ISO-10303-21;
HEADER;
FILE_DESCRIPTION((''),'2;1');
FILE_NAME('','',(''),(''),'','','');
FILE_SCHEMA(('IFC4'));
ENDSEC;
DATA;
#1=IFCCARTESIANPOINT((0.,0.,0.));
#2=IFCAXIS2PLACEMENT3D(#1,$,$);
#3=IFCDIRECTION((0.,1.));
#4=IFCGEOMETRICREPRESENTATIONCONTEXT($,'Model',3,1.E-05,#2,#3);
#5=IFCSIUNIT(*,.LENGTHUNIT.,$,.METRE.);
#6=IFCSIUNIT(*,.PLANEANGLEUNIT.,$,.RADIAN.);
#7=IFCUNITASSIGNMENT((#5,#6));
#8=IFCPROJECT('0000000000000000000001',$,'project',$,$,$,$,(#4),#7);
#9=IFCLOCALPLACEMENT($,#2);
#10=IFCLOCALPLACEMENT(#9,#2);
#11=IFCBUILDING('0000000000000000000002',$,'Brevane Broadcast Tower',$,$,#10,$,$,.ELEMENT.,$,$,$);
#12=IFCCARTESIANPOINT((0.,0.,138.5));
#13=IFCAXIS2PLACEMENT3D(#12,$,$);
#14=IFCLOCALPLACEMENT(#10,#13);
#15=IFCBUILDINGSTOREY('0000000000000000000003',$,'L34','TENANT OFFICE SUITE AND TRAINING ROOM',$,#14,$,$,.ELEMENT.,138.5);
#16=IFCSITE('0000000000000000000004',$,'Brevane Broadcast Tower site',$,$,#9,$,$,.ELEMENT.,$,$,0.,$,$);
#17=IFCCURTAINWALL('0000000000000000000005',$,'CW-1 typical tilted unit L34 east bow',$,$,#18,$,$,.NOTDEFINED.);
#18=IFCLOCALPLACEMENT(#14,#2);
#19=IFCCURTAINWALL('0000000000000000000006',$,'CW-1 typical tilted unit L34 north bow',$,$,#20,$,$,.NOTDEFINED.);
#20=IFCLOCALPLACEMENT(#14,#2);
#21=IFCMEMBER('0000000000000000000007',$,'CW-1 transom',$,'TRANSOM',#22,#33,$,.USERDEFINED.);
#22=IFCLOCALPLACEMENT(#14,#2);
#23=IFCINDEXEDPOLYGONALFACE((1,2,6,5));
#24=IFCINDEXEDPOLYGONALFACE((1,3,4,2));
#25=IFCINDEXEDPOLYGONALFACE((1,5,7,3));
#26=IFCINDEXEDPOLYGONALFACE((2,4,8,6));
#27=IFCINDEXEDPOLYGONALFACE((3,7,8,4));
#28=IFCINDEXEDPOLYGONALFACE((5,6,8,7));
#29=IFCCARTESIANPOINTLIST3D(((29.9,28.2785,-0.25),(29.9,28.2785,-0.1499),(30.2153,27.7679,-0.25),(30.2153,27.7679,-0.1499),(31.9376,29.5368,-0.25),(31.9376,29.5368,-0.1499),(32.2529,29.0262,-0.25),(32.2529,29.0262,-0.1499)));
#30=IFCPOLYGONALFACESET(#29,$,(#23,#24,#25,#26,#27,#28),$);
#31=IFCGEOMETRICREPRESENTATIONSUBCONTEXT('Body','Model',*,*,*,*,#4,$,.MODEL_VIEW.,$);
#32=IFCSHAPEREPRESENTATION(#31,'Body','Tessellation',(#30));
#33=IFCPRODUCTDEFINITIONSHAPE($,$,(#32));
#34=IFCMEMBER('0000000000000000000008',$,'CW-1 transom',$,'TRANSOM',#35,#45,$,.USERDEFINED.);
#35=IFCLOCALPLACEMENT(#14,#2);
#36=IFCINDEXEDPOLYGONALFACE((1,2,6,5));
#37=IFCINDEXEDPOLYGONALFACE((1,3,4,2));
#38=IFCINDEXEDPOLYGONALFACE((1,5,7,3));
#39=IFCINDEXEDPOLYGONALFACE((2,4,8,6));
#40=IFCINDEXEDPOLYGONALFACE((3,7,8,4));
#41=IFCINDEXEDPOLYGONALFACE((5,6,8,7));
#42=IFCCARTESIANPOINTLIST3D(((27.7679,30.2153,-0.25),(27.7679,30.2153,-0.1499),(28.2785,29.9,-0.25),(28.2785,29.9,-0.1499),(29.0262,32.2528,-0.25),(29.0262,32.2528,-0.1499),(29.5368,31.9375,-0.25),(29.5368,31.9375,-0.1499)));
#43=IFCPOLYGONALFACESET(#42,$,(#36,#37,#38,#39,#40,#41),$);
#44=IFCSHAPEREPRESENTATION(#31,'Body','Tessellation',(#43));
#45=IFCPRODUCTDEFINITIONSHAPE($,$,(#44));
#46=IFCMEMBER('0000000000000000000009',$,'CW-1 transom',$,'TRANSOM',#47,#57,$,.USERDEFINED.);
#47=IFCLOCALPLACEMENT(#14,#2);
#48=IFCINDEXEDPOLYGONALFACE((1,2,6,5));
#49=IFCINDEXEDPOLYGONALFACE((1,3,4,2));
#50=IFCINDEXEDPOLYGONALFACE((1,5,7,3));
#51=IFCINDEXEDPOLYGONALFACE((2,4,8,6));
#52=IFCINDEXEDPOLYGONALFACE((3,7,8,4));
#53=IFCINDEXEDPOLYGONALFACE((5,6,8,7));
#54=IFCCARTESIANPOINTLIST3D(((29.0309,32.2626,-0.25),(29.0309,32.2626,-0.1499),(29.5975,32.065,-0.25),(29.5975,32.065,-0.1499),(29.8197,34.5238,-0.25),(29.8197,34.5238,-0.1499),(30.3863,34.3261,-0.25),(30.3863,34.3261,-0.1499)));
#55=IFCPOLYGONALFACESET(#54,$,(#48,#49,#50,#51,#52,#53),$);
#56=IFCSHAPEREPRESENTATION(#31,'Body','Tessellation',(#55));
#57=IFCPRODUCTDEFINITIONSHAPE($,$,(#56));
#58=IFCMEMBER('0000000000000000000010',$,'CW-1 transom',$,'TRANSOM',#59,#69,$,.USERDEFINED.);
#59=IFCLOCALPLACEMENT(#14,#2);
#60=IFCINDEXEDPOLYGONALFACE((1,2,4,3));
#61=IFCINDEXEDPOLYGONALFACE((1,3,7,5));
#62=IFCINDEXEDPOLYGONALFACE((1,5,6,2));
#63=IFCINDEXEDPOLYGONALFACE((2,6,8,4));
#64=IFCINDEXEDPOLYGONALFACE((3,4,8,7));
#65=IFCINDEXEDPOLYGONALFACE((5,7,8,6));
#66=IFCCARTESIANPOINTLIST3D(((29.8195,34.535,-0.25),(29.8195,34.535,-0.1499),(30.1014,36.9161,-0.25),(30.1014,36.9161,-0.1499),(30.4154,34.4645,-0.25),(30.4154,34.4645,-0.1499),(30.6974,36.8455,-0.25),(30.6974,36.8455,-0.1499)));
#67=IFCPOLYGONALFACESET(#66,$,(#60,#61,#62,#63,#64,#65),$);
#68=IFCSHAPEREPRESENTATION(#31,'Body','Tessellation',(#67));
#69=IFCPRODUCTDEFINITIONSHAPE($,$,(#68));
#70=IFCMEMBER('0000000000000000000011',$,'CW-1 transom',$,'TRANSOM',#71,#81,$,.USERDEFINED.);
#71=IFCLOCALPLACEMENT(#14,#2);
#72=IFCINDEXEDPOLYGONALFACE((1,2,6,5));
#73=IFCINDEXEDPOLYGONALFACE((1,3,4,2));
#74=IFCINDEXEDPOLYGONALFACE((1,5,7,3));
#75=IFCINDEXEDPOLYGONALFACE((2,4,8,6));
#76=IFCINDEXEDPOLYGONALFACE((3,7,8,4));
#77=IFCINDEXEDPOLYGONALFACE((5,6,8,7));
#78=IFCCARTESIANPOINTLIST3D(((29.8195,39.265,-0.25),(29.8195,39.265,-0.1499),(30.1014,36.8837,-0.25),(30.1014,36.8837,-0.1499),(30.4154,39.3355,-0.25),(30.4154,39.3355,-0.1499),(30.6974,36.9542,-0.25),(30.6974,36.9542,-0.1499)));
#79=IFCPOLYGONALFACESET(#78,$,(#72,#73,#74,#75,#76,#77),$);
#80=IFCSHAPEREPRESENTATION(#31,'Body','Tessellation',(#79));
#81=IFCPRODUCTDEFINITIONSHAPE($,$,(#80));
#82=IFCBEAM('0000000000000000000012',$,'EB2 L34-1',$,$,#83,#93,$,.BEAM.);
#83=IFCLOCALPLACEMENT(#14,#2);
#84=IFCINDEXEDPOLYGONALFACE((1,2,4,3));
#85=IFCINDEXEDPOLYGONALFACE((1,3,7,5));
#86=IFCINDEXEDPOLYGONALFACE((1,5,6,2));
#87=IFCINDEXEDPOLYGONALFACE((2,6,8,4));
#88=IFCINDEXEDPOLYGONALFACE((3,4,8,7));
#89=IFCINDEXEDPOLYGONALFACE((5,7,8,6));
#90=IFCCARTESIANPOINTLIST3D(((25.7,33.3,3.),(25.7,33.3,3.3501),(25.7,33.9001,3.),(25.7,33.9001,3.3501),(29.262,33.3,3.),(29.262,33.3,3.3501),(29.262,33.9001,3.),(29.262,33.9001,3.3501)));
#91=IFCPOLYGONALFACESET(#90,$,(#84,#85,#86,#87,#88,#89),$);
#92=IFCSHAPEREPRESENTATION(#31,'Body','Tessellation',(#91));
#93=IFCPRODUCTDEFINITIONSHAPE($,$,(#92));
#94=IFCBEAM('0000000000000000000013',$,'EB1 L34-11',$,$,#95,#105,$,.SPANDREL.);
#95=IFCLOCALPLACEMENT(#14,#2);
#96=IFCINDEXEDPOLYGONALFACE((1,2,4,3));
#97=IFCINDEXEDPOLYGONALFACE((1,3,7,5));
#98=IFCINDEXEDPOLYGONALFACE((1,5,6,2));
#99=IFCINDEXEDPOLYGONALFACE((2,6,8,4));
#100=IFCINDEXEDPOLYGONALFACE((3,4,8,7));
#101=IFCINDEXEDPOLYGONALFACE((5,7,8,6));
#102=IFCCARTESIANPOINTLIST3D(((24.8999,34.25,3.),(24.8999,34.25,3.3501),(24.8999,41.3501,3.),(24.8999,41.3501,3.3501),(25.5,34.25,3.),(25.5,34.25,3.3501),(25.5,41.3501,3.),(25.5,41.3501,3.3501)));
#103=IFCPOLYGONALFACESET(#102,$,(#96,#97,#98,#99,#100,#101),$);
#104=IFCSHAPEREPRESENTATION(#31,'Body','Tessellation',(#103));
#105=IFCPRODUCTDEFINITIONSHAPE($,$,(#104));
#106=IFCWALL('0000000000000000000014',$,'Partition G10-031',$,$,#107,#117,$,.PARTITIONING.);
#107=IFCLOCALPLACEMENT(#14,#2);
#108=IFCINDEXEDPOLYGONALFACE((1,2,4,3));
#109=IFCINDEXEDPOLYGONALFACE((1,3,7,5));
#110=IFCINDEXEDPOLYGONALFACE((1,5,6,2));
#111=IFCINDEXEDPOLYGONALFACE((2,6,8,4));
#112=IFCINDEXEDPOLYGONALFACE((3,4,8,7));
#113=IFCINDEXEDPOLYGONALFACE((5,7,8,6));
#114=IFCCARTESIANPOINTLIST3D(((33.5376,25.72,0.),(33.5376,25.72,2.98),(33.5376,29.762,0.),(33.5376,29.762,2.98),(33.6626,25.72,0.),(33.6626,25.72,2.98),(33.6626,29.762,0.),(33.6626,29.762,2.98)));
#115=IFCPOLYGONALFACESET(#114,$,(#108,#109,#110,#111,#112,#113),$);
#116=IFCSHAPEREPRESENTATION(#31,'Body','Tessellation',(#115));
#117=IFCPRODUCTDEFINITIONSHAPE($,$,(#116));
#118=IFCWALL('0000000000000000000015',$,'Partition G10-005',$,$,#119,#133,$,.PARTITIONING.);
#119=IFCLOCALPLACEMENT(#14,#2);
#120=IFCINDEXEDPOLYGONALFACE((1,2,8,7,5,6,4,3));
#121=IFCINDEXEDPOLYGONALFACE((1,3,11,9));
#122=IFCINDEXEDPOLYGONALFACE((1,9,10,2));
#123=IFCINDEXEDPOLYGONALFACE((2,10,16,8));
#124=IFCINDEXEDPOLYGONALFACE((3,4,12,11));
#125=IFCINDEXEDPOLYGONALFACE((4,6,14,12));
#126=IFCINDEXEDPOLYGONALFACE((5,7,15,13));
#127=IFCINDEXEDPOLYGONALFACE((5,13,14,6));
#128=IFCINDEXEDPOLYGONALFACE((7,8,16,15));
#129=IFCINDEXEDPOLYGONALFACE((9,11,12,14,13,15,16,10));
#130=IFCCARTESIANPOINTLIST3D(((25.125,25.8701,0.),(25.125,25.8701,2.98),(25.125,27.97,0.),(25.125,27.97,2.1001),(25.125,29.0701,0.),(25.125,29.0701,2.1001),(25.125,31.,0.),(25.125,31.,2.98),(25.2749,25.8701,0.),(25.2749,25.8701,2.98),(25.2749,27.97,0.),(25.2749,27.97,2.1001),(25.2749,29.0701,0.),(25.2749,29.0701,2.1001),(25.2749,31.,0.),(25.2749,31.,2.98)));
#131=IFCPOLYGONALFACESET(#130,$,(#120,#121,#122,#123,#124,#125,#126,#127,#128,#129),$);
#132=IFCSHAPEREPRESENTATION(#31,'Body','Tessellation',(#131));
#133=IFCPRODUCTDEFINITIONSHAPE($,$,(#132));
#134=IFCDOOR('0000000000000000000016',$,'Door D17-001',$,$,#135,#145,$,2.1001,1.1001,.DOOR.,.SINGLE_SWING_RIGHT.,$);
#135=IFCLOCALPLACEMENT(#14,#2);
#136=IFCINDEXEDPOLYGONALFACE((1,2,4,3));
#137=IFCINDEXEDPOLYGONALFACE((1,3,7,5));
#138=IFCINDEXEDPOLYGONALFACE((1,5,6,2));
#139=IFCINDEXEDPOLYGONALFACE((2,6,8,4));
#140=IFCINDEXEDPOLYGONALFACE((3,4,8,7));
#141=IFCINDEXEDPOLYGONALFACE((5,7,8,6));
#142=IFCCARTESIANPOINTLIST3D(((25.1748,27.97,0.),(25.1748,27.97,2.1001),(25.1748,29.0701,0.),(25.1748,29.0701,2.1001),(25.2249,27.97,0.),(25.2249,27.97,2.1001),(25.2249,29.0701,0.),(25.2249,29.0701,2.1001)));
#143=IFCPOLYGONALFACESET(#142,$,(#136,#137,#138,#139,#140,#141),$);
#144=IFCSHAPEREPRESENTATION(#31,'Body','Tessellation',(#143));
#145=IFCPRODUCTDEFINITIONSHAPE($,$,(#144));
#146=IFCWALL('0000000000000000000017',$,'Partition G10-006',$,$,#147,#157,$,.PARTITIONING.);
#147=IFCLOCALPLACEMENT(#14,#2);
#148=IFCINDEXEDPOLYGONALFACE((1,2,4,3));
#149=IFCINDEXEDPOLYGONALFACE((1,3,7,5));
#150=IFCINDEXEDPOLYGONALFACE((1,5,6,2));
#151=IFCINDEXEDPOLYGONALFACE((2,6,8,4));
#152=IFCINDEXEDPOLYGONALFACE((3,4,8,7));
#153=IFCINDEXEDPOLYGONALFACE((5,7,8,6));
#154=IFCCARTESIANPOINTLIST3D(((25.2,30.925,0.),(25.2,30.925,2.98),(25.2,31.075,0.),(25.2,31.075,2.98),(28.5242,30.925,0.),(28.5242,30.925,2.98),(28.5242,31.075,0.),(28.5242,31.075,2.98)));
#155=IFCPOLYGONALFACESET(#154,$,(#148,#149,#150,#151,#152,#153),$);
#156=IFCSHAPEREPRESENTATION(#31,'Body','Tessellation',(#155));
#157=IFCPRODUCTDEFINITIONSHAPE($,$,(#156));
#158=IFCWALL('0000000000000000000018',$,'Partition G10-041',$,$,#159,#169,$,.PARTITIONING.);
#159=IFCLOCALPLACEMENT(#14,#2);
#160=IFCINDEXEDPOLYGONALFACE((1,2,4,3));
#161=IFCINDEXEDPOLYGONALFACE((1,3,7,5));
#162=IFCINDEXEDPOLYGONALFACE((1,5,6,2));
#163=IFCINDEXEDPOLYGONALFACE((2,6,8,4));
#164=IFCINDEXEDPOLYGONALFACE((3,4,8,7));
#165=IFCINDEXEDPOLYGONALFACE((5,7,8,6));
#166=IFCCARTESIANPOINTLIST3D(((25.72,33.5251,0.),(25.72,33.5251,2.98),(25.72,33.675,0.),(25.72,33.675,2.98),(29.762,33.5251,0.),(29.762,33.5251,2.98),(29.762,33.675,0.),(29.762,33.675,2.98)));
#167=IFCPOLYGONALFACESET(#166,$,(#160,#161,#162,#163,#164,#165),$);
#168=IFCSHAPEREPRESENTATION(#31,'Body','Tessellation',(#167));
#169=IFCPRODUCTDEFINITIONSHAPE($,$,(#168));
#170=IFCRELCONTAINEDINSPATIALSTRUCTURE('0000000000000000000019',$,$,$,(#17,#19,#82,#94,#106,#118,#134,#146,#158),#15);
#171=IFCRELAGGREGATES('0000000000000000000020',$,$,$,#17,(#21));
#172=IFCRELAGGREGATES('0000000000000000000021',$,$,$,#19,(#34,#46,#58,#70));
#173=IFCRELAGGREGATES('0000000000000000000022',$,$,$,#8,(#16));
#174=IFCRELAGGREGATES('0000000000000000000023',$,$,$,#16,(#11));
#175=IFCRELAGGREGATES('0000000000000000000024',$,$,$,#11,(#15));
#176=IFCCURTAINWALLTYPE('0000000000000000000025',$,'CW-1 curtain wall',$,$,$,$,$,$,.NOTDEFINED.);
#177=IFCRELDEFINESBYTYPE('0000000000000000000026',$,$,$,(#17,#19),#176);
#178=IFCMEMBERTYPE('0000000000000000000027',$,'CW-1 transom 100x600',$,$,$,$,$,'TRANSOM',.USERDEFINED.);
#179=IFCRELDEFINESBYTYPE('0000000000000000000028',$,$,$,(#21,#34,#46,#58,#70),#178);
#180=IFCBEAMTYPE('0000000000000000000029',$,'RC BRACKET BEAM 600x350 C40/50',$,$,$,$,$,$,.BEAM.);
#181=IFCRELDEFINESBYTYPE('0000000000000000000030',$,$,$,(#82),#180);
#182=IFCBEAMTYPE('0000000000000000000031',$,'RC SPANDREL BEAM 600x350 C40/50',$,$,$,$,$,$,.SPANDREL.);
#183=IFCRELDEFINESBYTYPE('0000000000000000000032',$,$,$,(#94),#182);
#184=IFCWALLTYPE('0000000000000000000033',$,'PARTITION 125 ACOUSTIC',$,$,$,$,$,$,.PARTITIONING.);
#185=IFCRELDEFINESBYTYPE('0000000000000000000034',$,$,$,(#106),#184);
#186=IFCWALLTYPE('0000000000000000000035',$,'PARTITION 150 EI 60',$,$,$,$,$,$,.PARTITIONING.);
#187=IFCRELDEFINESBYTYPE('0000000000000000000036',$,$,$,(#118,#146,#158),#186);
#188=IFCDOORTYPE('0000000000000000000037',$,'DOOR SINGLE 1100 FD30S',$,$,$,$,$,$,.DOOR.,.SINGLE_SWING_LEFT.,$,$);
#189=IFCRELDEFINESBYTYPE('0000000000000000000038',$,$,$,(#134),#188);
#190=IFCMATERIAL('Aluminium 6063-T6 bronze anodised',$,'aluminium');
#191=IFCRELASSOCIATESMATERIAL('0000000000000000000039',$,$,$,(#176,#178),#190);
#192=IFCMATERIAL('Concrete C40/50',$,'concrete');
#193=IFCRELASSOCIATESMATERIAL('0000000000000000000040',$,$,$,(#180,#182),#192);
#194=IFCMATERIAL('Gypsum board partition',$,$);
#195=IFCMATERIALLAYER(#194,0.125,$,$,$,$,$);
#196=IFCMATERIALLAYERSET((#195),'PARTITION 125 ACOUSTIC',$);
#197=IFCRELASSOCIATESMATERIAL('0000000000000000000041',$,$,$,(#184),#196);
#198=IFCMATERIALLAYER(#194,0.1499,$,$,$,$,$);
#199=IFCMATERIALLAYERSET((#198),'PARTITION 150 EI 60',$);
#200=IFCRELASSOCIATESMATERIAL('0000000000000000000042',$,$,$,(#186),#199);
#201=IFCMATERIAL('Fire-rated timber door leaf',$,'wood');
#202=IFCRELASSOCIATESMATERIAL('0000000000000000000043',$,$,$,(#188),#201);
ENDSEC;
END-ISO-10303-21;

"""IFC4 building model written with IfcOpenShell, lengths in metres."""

from ifc_helpers import new_model, si_unit, direction, frame, frame_2d, origin, origin_2d, place, context, subcontext, project, spatial, polyline, rectangle, outline, extrude, material, layer, layer_set, material_profile, profile_set, type_object, element, fill, aggregate, save


model = new_model("IFC4")

# Units and contexts
model_context = context("Model", 3, precision=1e-05, world=origin(), true_north=direction((0.0, 1.0)))
body_context = subcontext(model_context, "Body", "Model", "MODEL_VIEW")
ifc_project = project(units=[si_unit("LENGTHUNIT", "METRE"), si_unit("PLANEANGLEUNIT", "RADIAN")], contexts=[model_context])

# Site, building, storey
site_placement = place(None, origin())
site = spatial("IfcSite", under=ifc_project, at=site_placement, Name="Brevane Broadcast Tower site", CompositionType="ELEMENT", RefElevation=0.0)
building_placement = place(site_placement, origin())
building = spatial("IfcBuilding", under=site, at=building_placement, Name="Brevane Broadcast Tower", CompositionType="ELEMENT")
storey_placement = place(building_placement, frame((0.0, 0.0, 138.5)))
storey = spatial("IfcBuildingStorey", under=building, at=storey_placement, Name="L34", Description="TENANT OFFICE SUITE AND TRAINING ROOM", CompositionType="ELEMENT", Elevation=138.5)

# Curtain walls
ifc_material_1 = material(Name="Aluminium 6063-T6 bronze anodised", Category="aluminium")
curtain_wall_type = type_object("IfcCurtainWallType", Name="CW-1 curtain wall", PredefinedType="NOTDEFINED", material=ifc_material_1)
curtain_wall_1_placement = place(storey_placement, origin())
curtain_wall_1 = element("IfcCurtainWall", 1, at=curtain_wall_1_placement, inside=storey, type_object=curtain_wall_type, Name="CW-1 typical tilted unit L34 east bow", PredefinedType="NOTDEFINED")
curtain_wall_2_placement = place(storey_placement, origin())
curtain_wall_2 = element("IfcCurtainWall", 2, at=curtain_wall_2_placement, inside=storey, type_object=curtain_wall_type, Name="CW-1 typical tilted unit L34 north bow", PredefinedType="NOTDEFINED")

# Members
ifc_material_profile_1 = material_profile(ifc_material_1, rectangle(XDim=0.6001, YDim=0.1001, at=origin_2d()), Name="RECT 100x600")
ifc_profile_set_1 = profile_set([ifc_material_profile_1], Name="Aluminium 6063-T6 bronze anodised")
member_type_1 = type_object("IfcMemberType", Name="CW-1 transom 100x600", ElementType="TRANSOM", PredefinedType="USERDEFINED", material=ifc_profile_set_1)
member_1_placement = place(storey_placement, frame((32.0952, 29.2815, -0.2), z_axis=(-0.850838, -0.525428, 0.0), x_axis=(0.525428, -0.850838, 0.0)))
member_1 = element("IfcMember", 3, at=member_1_placement, type_object=member_type_1, Name="CW-1 transom", ObjectType="TRANSOM", PredefinedType="USERDEFINED", context=body_context, shape_type="SweptSolid", body=[
    extrude(rectangle(XDim=0.6001, YDim=0.1001, at=origin_2d()), origin(), (0.0, 0.0, 1.0), 2.3948),
])
aggregate(curtain_wall_1, [member_1])
member_2_placement = place(storey_placement, frame((28.0232, 30.0576, -0.2), z_axis=(0.525428, 0.850838, 0.0), x_axis=(-0.850838, 0.525428, 0.0)))
member_2 = element("IfcMember", 4, at=member_2_placement, type_object=member_type_1, Name="CW-1 transom", ObjectType="TRANSOM", PredefinedType="USERDEFINED", context=body_context, shape_type="SweptSolid", body=[
    extrude(rectangle(XDim=0.6001, YDim=0.1001, at=origin_2d()), origin(), (0.0, 0.0, 1.0), 2.3948),
])
member_3_placement = place(storey_placement, frame((29.3142, 32.1638, -0.2), z_axis=(0.329378, 0.944198, 0.0), x_axis=(-0.944198, 0.329378, 0.0)))
member_3 = element("IfcMember", 5, at=member_3_placement, type_object=member_type_1, Name="CW-1 transom", ObjectType="TRANSOM", PredefinedType="USERDEFINED", context=body_context, shape_type="SweptSolid", body=[
    extrude(rectangle(XDim=0.6001, YDim=0.1001, at=origin_2d()), origin(), (0.0, 0.0, 1.0), 2.3948),
])
member_4_placement = place(storey_placement, frame((30.1174, 34.4998, -0.2), z_axis=(0.117603, 0.993061, 0.0), x_axis=(-0.993061, 0.117603, 0.0)))
member_4 = element("IfcMember", 6, at=member_4_placement, type_object=member_type_1, Name="CW-1 transom", ObjectType="TRANSOM", PredefinedType="USERDEFINED", context=body_context, shape_type="SweptSolid", body=[
    extrude(rectangle(XDim=0.6001, YDim=0.1001, at=origin_2d()), origin(), (0.0, 0.0, 1.0), 2.3977),
])
member_5_placement = place(storey_placement, frame((30.3994, 36.9189, -0.2), z_axis=(-0.117591, 0.993062, 0.0), x_axis=(-0.993062, -0.117591, 0.0)))
member_5 = element("IfcMember", 7, at=member_5_placement, type_object=member_type_1, Name="CW-1 transom", ObjectType="TRANSOM", PredefinedType="USERDEFINED", context=body_context, shape_type="SweptSolid", body=[
    extrude(rectangle(XDim=0.6001, YDim=0.1001, at=origin_2d()), origin(), (0.0, 0.0, 1.0), 2.3979),
])
aggregate(curtain_wall_2, [member_2, member_3, member_4, member_5])

# Beams
ifc_material_2 = material(Name="Concrete C40/50", Category="concrete")
ifc_material_profile_2 = material_profile(ifc_material_2, rectangle(XDim=0.6001, YDim=0.3501, at=origin_2d()), Name="RC 600x350")
ifc_profile_set_2 = profile_set([ifc_material_profile_2], Name="Concrete C40/50")
beam_type_1 = type_object("IfcBeamType", Name="RC BRACKET BEAM 600x350 C40/50", PredefinedType="BEAM", material=ifc_profile_set_2)
beam_1_placement = place(storey_placement, frame((25.7, 33.6001, 3.175), z_axis=(1.0, 0.0, 0.0), x_axis=(0.0, 1.0, 0.0)))
element("IfcBeam", 8, at=beam_1_placement, inside=storey, type_object=beam_type_1, Name="EB2 L34-1", PredefinedType="BEAM", context=body_context, shape_type="SweptSolid", body=[
    extrude(rectangle(XDim=0.6001, YDim=0.3501, at=origin_2d()), origin(), (0.0, 0.0, 1.0), 3.562),
])
ifc_material_profile_3 = material_profile(ifc_material_2, rectangle(XDim=0.6001, YDim=0.3501, at=origin_2d()), Name="RC 600x350")
ifc_profile_set_3 = profile_set([ifc_material_profile_3], Name="Concrete C40/50")
beam_type_2 = type_object("IfcBeamType", Name="RC SPANDREL BEAM 600x350 C40/50", PredefinedType="SPANDREL", material=ifc_profile_set_3)
beam_2_placement = place(storey_placement, frame((25.2, 34.25, 3.175), z_axis=(0.0, 1.0, 0.0), x_axis=(-1.0, 0.0, 0.0)))
element("IfcBeam", 9, at=beam_2_placement, inside=storey, type_object=beam_type_2, Name="EB1 L34-11", PredefinedType="SPANDREL", context=body_context, shape_type="SweptSolid", body=[
    extrude(rectangle(XDim=0.6001, YDim=0.3501, at=origin_2d()), origin(), (0.0, 0.0, 1.0), 7.1001),
])

# Wall
ifc_material_3 = material(Name="Gypsum board partition")
ifc_layer_1 = layer(ifc_material_3, 0.125)
ifc_layer_set_1 = layer_set([ifc_layer_1], Name="PARTITION 125 ACOUSTIC")
wall_type_1 = type_object("IfcWallType", Name="PARTITION 125 ACOUSTIC", PredefinedType="PARTITIONING", material=ifc_layer_set_1)
wall_1_placement = place(storey_placement, frame((33.6001, 29.762, 0.0), z_axis=(0.0, 0.0, 1.0), x_axis=(0.0, -1.0, 0.0)))
element("IfcWall", 10, at=wall_1_placement, inside=storey, type_object=wall_type_1, Name="Partition G10-031", PredefinedType="PARTITIONING", context=body_context, shape_type="SweptSolid", body=[
    extrude(rectangle(XDim=4.042, YDim=0.125, at=frame_2d((2.021, 0.0))), origin(), (0.0, 0.0, 1.0), 2.98),
])

# Wall, opening, door
ifc_layer_2 = layer(ifc_material_3, 0.1499)
ifc_layer_set_2 = layer_set([ifc_layer_2], Name="PARTITION 150 EI 60")
wall_type_2 = type_object("IfcWallType", Name="PARTITION 150 EI 60", PredefinedType="PARTITIONING", material=ifc_layer_set_2)
wall_2_placement = place(storey_placement, frame((25.2, 31.0, 0.0), z_axis=(0.0, 0.0, 1.0), x_axis=(0.0, -1.0, 0.0)))
wall_2 = element("IfcWall", 11, at=wall_2_placement, inside=storey, type_object=wall_type_2, Name="Partition G10-005", PredefinedType="PARTITIONING", context=body_context, shape_type="SweptSolid", body=[
    extrude(outline(polyline([(0.0, 0.0), (5.1299, 0.0), (5.1299, 2.98), (0.0, 2.98), (0.0, 0.0)])), frame((0.0, 0.075, 0.0), z_axis=(0.0, -1.0, 0.0), x_axis=(1.0, 0.0, 0.0)), (0.0, 0.0, 1.0), 0.1499),
])
opening_placement = place(wall_2_placement, frame((1.9299, 0.0, 0.0)))
opening = element("IfcOpeningElement", 12, at=opening_placement, cuts=wall_2, PredefinedType="OPENING", context=body_context, shape_type="SweptSolid", body=[
    extrude(rectangle(XDim=1.1001, YDim=2.1001, at=frame_2d((0.55, 1.05))), frame((0.0, 0.085, 0.0), z_axis=(0.0, -1.0, 0.0), x_axis=(1.0, 0.0, 0.0)), (0.0, 0.0, 1.0), 0.1699),
])
ifc_material_4 = material(Name="Fire-rated timber door leaf", Category="wood")
door_type = type_object("IfcDoorType", Name="DOOR SINGLE 1100 FD30S", OperationType="SINGLE_SWING_LEFT", PredefinedType="DOOR", material=ifc_material_4)
door_placement = place(opening_placement, origin())
door = element("IfcDoor", 13, at=door_placement, inside=storey, type_object=door_type, Name="Door D17-001", OperationType="SINGLE_SWING_RIGHT", OverallHeight=2.1001, OverallWidth=1.1001, PredefinedType="DOOR", context=body_context, shape_type="SweptSolid", body=[
    extrude(rectangle(XDim=1.1001, YDim=2.1001, at=frame_2d((0.55, 1.05))), frame((0.0, 0.0249, 0.0), z_axis=(0.0, -1.0, 0.0), x_axis=(1.0, 0.0, 0.0)), (0.0, 0.0, 1.0), 0.05),
])
fill(opening, door)

# Walls
wall_3_placement = place(storey_placement, frame((25.2, 31.0, 0.0), z_axis=(0.0, 0.0, 1.0), x_axis=(1.0, 0.0, 0.0)))
element("IfcWall", 14, at=wall_3_placement, inside=storey, type_object=wall_type_2, Name="Partition G10-006", PredefinedType="PARTITIONING", context=body_context, shape_type="SweptSolid", body=[
    extrude(rectangle(XDim=3.3242, YDim=0.1499, at=frame_2d((1.6621, 0.0))), origin(), (0.0, 0.0, 1.0), 2.98),
])
wall_4_placement = place(storey_placement, frame((25.72, 33.6001, 0.0), z_axis=(0.0, 0.0, 1.0), x_axis=(1.0, 0.0, 0.0)))
element("IfcWall", 15, at=wall_4_placement, inside=storey, type_object=wall_type_2, Name="Partition G10-041", PredefinedType="PARTITIONING", context=body_context, shape_type="SweptSolid", body=[
    extrude(rectangle(XDim=4.042, YDim=0.1499, at=frame_2d((2.021, 0.0))), origin(), (0.0, 0.0, 1.0), 2.98),
])

save(model, "model.ifc")
